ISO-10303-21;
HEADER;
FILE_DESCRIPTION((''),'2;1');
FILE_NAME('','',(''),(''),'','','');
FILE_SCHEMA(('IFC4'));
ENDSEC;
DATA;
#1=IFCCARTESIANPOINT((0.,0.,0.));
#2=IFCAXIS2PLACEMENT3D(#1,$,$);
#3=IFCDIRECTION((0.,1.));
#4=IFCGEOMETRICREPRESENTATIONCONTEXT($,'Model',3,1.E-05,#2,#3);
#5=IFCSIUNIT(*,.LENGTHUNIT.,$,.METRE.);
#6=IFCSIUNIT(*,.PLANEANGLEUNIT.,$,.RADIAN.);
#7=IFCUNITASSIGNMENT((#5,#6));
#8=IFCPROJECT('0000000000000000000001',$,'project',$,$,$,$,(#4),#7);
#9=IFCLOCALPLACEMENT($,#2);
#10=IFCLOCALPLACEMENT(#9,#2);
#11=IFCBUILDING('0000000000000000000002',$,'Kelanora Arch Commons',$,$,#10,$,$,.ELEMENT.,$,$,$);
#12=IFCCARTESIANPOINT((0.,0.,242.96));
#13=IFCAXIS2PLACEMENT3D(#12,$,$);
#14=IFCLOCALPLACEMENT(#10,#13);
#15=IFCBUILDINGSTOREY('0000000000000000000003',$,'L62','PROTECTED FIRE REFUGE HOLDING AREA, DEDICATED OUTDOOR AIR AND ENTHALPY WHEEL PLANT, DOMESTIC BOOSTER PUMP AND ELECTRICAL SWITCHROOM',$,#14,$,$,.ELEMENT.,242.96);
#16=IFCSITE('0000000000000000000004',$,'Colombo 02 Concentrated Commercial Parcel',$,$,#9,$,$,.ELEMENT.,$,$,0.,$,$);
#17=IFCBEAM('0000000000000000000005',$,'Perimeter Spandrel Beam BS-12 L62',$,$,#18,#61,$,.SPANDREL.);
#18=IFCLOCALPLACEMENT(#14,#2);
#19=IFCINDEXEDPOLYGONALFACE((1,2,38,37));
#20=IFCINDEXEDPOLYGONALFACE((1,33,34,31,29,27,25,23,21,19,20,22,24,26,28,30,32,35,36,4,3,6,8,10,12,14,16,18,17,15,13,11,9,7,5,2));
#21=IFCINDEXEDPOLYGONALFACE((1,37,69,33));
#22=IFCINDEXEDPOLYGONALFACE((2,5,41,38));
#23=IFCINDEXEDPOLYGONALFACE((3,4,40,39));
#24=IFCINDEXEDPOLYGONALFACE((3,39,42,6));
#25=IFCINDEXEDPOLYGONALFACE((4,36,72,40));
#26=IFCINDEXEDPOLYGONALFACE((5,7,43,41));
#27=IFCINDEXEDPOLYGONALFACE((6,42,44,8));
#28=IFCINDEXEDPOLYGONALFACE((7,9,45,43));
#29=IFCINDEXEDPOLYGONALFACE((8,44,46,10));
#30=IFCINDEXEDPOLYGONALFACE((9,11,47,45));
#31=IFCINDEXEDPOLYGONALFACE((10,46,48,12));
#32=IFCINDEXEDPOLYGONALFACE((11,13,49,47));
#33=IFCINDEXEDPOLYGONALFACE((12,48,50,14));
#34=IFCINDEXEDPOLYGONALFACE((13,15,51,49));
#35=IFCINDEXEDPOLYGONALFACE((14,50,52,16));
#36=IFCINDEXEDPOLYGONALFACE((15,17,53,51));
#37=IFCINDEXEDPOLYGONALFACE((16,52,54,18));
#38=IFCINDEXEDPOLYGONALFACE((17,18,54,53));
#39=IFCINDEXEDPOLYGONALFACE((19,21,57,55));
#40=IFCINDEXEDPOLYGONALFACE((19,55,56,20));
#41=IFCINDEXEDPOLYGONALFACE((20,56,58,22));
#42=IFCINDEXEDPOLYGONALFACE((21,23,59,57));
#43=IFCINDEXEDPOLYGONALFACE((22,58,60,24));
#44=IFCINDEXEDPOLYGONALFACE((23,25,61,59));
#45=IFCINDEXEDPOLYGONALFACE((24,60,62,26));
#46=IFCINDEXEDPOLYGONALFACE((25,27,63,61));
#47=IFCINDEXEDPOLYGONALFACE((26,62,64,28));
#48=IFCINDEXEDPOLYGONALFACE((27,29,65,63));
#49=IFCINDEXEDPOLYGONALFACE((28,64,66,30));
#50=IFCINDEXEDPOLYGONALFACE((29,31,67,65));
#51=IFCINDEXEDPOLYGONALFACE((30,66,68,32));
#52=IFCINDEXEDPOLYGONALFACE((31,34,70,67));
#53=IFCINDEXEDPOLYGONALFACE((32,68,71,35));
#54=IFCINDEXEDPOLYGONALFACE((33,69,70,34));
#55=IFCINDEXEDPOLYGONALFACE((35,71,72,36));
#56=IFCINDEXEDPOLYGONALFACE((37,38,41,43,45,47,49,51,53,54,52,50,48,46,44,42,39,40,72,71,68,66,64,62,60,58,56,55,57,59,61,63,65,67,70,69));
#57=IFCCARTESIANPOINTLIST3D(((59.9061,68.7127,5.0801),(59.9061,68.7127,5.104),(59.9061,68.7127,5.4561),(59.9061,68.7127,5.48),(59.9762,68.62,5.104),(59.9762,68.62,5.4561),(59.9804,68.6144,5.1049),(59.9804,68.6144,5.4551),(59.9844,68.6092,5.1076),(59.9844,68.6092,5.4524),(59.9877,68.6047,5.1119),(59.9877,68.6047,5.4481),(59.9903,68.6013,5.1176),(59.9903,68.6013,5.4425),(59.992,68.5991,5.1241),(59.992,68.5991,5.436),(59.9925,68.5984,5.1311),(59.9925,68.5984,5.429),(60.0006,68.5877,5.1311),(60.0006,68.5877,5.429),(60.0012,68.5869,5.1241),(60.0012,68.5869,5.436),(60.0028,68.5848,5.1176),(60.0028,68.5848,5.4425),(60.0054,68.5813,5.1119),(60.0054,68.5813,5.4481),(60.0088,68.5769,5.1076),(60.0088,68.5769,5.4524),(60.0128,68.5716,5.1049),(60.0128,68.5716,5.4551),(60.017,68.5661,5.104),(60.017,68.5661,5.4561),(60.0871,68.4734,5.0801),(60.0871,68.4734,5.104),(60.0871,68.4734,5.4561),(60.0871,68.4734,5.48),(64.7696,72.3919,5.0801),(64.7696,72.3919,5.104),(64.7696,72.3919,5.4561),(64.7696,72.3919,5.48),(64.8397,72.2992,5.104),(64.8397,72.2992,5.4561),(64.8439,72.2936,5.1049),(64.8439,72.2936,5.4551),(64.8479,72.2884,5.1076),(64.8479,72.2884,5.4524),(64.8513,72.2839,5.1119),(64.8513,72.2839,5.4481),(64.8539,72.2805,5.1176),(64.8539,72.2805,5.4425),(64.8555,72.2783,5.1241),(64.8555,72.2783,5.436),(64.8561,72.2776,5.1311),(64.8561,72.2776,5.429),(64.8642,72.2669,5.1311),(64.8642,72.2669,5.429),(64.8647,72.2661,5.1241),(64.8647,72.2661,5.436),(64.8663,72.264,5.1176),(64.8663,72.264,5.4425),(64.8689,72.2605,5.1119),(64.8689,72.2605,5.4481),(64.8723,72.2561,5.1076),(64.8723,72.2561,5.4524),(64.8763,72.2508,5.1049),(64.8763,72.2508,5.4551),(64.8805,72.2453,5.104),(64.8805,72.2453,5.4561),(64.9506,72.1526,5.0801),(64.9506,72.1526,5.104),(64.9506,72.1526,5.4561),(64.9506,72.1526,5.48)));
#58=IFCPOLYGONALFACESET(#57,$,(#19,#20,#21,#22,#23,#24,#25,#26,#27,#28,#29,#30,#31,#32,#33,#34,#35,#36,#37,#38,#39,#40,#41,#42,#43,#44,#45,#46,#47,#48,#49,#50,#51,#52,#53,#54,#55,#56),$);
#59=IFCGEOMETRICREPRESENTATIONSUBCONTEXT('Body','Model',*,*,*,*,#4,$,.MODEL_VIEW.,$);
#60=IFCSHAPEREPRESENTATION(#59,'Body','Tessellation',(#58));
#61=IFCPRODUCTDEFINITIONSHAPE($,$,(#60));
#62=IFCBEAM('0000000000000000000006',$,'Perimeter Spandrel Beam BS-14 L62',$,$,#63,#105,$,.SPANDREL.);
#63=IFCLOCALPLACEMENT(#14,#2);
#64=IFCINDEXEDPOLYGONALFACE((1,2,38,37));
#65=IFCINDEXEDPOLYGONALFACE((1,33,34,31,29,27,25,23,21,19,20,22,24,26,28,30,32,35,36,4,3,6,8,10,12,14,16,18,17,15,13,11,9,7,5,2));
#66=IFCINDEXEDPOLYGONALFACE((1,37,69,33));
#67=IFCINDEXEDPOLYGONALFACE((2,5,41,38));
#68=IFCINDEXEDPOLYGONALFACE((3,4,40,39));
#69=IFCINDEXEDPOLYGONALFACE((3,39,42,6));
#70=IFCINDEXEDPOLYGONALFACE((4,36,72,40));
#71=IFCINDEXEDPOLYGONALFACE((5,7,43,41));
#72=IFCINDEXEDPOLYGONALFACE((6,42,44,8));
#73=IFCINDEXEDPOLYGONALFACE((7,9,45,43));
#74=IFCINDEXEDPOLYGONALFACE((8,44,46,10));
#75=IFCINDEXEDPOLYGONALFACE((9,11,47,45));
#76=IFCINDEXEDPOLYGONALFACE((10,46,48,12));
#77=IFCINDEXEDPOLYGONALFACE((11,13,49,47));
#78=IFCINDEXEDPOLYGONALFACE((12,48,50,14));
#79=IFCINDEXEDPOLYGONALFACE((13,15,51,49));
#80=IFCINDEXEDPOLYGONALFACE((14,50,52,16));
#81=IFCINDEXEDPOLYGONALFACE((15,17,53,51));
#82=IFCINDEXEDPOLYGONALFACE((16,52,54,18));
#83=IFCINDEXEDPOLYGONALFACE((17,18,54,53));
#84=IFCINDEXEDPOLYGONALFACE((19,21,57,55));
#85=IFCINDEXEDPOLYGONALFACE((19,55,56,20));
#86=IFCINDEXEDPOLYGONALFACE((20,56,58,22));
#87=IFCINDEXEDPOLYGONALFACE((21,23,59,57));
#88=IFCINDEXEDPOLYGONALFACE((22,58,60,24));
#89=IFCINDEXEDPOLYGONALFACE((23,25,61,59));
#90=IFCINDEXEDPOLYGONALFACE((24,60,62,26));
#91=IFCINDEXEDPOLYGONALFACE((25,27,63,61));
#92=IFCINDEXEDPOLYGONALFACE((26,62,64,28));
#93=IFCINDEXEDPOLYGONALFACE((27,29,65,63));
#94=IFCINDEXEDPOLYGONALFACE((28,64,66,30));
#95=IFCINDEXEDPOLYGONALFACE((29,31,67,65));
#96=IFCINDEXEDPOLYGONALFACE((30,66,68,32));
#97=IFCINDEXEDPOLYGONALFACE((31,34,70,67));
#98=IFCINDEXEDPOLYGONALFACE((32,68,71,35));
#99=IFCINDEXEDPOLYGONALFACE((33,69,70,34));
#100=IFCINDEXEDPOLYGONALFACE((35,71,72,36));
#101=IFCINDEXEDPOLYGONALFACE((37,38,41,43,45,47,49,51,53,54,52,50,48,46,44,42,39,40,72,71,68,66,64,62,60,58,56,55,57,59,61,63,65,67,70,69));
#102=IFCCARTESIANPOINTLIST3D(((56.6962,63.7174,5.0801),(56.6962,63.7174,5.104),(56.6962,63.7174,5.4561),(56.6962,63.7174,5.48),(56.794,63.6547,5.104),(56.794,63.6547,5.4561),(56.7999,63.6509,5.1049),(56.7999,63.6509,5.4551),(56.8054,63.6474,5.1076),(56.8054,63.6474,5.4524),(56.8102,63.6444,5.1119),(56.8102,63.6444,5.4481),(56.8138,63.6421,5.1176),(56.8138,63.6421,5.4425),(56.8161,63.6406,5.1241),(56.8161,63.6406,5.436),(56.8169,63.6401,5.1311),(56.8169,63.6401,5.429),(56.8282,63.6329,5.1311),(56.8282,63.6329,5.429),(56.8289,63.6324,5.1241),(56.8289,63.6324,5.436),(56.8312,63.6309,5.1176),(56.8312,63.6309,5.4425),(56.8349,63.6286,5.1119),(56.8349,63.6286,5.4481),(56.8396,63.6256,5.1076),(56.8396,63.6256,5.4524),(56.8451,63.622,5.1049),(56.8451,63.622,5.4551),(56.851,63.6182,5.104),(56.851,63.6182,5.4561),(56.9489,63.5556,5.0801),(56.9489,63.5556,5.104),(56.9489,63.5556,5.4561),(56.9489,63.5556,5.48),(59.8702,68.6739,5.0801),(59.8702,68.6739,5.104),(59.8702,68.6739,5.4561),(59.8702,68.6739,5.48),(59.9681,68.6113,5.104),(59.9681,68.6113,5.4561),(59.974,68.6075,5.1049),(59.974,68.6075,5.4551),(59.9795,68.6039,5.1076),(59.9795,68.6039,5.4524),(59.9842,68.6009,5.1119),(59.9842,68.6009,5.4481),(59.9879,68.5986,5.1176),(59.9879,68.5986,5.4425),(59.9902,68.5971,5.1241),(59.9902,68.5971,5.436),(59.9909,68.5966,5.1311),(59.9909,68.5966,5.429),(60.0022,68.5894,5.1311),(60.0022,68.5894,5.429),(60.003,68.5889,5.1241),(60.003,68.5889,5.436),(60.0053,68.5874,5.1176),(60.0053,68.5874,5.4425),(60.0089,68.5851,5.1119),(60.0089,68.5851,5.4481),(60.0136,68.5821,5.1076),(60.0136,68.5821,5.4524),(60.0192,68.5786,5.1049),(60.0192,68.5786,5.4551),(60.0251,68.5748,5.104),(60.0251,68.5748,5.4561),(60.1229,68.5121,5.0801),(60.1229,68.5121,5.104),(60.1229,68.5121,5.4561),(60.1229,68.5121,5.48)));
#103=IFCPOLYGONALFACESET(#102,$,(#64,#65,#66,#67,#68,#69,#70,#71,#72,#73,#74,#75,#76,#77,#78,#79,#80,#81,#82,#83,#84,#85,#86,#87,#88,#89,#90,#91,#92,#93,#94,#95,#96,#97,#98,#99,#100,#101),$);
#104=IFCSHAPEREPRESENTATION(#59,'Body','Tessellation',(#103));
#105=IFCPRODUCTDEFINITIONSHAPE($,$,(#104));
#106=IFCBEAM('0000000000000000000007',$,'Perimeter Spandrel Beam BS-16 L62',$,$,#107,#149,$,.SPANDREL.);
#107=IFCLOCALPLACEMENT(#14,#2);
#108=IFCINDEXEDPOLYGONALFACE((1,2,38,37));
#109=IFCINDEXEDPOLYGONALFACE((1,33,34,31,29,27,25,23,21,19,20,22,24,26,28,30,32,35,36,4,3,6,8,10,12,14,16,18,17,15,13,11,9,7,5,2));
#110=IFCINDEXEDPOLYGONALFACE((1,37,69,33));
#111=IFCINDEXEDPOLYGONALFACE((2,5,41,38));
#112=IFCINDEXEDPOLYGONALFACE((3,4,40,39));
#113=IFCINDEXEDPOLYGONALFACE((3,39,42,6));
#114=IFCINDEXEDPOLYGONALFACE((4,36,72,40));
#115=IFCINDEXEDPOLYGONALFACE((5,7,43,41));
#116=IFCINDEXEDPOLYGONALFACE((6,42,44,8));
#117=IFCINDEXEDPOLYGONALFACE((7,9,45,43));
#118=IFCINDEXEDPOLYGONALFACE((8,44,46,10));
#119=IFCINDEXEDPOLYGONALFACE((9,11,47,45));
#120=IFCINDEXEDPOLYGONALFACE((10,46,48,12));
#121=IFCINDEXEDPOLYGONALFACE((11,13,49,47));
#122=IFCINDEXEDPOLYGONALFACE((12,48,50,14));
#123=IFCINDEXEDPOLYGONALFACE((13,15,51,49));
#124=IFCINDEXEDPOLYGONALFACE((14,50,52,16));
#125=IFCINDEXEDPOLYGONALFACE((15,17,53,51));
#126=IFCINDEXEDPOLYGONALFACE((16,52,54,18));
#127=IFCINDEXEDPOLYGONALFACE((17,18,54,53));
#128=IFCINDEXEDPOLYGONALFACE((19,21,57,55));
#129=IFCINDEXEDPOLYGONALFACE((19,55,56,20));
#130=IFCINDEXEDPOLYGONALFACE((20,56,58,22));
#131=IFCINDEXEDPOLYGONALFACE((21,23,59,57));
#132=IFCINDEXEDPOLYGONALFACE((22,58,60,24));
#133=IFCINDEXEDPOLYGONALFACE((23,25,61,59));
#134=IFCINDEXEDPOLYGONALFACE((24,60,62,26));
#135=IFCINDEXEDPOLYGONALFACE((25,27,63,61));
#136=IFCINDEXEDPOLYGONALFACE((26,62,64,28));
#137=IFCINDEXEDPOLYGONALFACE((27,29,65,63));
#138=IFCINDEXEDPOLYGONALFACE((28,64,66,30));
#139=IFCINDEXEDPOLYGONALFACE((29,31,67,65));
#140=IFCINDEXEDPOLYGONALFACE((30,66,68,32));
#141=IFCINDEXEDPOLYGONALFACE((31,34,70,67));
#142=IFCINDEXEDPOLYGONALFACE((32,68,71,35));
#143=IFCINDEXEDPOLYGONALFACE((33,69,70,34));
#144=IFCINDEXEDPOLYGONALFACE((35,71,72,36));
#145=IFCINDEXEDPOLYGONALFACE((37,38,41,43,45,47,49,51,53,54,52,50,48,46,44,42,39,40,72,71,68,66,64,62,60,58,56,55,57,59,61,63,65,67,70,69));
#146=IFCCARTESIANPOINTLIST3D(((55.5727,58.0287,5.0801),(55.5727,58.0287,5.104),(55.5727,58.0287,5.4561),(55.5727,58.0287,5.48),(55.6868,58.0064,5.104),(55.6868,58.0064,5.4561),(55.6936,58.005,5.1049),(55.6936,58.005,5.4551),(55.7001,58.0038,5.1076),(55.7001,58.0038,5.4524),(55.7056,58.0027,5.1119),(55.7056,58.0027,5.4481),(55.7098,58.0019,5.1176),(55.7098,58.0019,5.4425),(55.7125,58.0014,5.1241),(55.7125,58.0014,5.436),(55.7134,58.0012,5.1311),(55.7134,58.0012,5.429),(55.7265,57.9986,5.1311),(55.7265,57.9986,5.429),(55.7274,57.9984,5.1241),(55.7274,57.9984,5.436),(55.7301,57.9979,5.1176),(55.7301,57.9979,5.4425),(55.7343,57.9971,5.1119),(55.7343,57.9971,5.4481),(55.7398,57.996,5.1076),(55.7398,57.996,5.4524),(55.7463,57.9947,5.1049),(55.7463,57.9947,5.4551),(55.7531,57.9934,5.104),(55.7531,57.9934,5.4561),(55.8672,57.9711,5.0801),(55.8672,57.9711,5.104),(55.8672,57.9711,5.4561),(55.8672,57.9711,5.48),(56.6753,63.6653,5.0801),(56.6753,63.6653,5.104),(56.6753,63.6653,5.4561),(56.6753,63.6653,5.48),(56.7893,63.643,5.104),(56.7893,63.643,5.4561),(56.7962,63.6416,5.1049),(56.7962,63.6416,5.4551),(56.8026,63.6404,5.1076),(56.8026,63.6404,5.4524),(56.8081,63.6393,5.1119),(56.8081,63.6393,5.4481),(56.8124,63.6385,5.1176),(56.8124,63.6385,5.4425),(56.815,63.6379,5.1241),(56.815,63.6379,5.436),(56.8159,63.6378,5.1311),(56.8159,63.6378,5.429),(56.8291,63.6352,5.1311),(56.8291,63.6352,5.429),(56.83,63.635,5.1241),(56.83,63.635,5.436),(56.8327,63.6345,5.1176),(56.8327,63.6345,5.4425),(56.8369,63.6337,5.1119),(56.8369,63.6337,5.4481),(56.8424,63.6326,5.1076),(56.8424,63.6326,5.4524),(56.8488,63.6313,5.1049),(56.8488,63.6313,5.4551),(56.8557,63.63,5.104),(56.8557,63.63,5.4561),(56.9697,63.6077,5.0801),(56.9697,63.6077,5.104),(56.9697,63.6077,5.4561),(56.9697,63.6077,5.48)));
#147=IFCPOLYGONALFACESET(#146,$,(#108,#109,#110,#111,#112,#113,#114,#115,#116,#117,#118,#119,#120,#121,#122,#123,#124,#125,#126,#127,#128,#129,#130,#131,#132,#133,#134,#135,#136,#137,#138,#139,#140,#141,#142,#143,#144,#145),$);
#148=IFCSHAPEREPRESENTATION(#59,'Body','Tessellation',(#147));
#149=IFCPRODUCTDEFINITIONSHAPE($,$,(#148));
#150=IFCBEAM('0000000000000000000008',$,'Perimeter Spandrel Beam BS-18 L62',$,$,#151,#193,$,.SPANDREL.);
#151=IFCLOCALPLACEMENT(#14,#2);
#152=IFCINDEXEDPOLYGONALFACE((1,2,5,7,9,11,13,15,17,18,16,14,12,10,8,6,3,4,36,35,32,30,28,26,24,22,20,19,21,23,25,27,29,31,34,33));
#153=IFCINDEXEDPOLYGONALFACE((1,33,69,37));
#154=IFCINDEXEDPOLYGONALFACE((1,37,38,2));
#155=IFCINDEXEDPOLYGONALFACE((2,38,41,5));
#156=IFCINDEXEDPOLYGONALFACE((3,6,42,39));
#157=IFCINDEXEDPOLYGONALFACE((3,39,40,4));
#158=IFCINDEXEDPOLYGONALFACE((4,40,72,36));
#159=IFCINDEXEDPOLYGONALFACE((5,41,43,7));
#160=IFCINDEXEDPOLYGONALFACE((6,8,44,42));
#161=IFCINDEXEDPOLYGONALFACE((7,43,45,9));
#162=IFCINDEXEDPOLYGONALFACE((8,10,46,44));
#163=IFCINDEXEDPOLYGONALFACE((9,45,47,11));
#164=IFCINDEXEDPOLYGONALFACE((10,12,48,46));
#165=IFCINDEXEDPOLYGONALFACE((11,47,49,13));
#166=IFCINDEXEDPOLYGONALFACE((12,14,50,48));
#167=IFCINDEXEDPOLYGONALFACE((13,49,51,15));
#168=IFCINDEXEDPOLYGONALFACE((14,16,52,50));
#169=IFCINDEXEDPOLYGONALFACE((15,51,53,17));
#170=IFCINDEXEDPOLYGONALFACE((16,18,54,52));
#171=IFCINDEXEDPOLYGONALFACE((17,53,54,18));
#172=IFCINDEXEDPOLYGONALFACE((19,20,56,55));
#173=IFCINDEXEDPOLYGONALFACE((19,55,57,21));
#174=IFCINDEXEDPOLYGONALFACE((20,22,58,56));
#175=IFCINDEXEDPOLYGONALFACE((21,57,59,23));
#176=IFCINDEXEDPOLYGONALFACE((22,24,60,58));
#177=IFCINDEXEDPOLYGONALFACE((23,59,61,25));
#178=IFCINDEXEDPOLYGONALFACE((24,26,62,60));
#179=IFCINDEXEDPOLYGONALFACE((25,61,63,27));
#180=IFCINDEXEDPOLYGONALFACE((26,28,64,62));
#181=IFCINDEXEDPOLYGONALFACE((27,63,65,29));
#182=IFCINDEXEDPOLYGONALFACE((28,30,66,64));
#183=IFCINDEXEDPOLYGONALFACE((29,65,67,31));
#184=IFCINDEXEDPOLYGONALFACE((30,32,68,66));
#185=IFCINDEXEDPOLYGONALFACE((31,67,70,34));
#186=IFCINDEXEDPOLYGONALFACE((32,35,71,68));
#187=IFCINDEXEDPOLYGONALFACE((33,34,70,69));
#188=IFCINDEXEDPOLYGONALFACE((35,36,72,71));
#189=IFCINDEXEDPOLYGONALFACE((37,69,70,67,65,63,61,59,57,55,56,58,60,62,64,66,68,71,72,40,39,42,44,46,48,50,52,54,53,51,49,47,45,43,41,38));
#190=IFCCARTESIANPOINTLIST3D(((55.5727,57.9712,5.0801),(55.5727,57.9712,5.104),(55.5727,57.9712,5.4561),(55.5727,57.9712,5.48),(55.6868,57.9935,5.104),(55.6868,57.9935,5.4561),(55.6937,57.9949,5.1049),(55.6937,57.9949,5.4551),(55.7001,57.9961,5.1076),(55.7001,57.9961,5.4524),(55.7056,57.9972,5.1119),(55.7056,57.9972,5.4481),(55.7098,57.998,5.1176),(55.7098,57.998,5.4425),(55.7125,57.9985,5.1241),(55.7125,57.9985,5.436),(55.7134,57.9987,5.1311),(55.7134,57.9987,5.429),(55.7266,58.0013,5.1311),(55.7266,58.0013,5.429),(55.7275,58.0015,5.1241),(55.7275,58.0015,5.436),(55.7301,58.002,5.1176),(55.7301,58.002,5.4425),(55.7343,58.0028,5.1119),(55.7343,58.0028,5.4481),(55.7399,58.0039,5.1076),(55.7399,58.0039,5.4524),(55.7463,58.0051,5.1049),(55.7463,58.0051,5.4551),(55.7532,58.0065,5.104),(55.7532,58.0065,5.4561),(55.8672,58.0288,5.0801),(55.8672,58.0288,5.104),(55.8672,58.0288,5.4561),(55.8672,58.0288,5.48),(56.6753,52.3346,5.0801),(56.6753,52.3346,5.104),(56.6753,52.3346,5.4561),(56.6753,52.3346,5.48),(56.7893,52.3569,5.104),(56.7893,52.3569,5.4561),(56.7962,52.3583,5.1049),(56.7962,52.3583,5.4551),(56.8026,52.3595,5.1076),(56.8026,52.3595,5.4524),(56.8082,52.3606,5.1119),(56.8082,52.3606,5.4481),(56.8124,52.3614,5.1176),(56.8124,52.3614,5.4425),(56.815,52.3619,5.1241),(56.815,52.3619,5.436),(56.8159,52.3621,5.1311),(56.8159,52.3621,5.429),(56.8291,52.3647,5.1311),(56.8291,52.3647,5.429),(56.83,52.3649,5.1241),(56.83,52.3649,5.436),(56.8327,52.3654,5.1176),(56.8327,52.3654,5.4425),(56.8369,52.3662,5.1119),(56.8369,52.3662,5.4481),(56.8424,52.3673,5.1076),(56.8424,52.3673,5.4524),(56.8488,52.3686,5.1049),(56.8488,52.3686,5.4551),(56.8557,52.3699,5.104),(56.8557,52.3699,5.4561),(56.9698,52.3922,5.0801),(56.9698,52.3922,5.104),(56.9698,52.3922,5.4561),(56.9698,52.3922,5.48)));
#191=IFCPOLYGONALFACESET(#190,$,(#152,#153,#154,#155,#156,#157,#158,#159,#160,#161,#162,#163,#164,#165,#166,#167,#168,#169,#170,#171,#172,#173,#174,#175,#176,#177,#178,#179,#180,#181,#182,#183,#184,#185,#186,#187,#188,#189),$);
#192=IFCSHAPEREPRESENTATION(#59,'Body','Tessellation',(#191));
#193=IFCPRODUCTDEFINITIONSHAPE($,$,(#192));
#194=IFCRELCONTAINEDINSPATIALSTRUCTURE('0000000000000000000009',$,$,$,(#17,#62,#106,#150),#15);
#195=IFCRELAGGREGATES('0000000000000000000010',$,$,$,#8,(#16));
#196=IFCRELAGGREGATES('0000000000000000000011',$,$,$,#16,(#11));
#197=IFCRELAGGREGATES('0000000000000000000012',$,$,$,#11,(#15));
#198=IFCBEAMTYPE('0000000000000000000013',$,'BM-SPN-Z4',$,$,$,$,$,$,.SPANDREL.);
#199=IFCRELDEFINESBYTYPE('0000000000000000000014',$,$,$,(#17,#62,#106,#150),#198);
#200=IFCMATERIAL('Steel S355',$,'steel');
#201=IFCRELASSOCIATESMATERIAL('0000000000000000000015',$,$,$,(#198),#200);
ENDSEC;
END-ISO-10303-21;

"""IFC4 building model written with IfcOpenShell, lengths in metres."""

from ifc_helpers import new_model, si_unit, direction, frame, origin, origin_2d, place, context, subcontext, project, spatial, i_section, extrude, material, material_profile, profile_set, type_object, element, save


model = new_model("IFC4")

# Units and contexts
model_context = context("Model", 3, precision=1e-05, world=origin(), true_north=direction((0.0, 1.0)))
body_context = subcontext(model_context, "Body", "Model", "MODEL_VIEW")
ifc_project = project(units=[si_unit("LENGTHUNIT", "METRE"), si_unit("PLANEANGLEUNIT", "RADIAN")], contexts=[model_context])

# Site, building, storey
site_placement = place(None, origin())
site = spatial("IfcSite", under=ifc_project, at=site_placement, Name="Colombo 02 Concentrated Commercial Parcel", CompositionType="ELEMENT", RefElevation=0.0)
building_placement = place(site_placement, origin())
building = spatial("IfcBuilding", under=site, at=building_placement, Name="Kelanora Arch Commons", CompositionType="ELEMENT")
storey_placement = place(building_placement, frame((0.0, 0.0, 242.96)))
storey = spatial("IfcBuildingStorey", under=building, at=storey_placement, Name="L62", Description="PROTECTED FIRE REFUGE HOLDING AREA, DEDICATED OUTDOOR AIR AND ENTHALPY WHEEL PLANT, DOMESTIC BOOSTER PUMP AND ELECTRICAL SWITCHROOM", CompositionType="ELEMENT", Elevation=242.96)

# Beams
ifc_material_1 = material(Name="Steel S355", Category="steel")
ifc_material_profile_1 = material_profile(ifc_material_1, i_section(OverallWidth=0.3, OverallDepth=0.3999, WebThickness=0.0134, FlangeThickness=0.0239, FilletRadius=0.0271, at=origin_2d()), Name="HEB400")
ifc_profile_set_1 = profile_set([ifc_material_profile_1], Name="Steel S355")
beam_type_1 = type_object("IfcBeamType", Name="BM-SPN-Z4", PredefinedType="SPANDREL", material=ifc_profile_set_1)
beam_1_placement = place(storey_placement, frame((64.8601, 72.2722, 5.28), z_axis=(-0.797509, -0.603306, 0.0), x_axis=(0.603306, -0.797509, 0.0)))
element("IfcBeam", 1, at=beam_1_placement, inside=storey, type_object=beam_type_1, Name="Perimeter Spandrel Beam BS-12 L62", PredefinedType="SPANDREL", context=body_context, shape_type="SweptSolid", body=[
    extrude(i_section(OverallWidth=0.3, OverallDepth=0.3999, WebThickness=0.0134, FlangeThickness=0.0239, FilletRadius=0.0271, at=origin_2d()), origin(), (0.0, 0.0, 1.0), 6.0984),
])
beam_2_placement = place(storey_placement, frame((59.9966, 68.593, 5.28), z_axis=(-0.539281, -0.842126, 0.0), x_axis=(0.842126, -0.539281, 0.0)))
element("IfcBeam", 2, at=beam_2_placement, inside=storey, type_object=beam_type_1, Name="Perimeter Spandrel Beam BS-14 L62", PredefinedType="SPANDREL", context=body_context, shape_type="SweptSolid", body=[
    extrude(i_section(OverallWidth=0.3, OverallDepth=0.3999, WebThickness=0.0134, FlangeThickness=0.0239, FilletRadius=0.0271, at=origin_2d()), origin(), (0.0, 0.0, 1.0), 5.8857),
])
for number, where, z_axis, x_axis, name in (
    (3, (56.8225, 63.6365, 5.28), (-0.19197, -0.981401, 0.0), (0.981401, -0.19197, 0.0), "Perimeter Spandrel Beam BS-16 L62"),
    (4, (55.72, 58.0, 5.28), (0.19197, -0.981401, 0.0), (0.981401, 0.19197, 0.0), "Perimeter Spandrel Beam BS-18 L62"),
):
    element("IfcBeam", number, at=place(storey_placement, frame(where, z_axis=z_axis, x_axis=x_axis)), inside=storey, type_object=beam_type_1, Name=name, PredefinedType="SPANDREL", context=body_context, shape_type="SweptSolid", body=[
        extrude(i_section(OverallWidth=0.3, OverallDepth=0.3999, WebThickness=0.0134, FlangeThickness=0.0239, FilletRadius=0.0271, at=origin_2d()), origin(), (0.0, 0.0, 1.0), 5.7434),
    ])

save(model, "model.ifc")
